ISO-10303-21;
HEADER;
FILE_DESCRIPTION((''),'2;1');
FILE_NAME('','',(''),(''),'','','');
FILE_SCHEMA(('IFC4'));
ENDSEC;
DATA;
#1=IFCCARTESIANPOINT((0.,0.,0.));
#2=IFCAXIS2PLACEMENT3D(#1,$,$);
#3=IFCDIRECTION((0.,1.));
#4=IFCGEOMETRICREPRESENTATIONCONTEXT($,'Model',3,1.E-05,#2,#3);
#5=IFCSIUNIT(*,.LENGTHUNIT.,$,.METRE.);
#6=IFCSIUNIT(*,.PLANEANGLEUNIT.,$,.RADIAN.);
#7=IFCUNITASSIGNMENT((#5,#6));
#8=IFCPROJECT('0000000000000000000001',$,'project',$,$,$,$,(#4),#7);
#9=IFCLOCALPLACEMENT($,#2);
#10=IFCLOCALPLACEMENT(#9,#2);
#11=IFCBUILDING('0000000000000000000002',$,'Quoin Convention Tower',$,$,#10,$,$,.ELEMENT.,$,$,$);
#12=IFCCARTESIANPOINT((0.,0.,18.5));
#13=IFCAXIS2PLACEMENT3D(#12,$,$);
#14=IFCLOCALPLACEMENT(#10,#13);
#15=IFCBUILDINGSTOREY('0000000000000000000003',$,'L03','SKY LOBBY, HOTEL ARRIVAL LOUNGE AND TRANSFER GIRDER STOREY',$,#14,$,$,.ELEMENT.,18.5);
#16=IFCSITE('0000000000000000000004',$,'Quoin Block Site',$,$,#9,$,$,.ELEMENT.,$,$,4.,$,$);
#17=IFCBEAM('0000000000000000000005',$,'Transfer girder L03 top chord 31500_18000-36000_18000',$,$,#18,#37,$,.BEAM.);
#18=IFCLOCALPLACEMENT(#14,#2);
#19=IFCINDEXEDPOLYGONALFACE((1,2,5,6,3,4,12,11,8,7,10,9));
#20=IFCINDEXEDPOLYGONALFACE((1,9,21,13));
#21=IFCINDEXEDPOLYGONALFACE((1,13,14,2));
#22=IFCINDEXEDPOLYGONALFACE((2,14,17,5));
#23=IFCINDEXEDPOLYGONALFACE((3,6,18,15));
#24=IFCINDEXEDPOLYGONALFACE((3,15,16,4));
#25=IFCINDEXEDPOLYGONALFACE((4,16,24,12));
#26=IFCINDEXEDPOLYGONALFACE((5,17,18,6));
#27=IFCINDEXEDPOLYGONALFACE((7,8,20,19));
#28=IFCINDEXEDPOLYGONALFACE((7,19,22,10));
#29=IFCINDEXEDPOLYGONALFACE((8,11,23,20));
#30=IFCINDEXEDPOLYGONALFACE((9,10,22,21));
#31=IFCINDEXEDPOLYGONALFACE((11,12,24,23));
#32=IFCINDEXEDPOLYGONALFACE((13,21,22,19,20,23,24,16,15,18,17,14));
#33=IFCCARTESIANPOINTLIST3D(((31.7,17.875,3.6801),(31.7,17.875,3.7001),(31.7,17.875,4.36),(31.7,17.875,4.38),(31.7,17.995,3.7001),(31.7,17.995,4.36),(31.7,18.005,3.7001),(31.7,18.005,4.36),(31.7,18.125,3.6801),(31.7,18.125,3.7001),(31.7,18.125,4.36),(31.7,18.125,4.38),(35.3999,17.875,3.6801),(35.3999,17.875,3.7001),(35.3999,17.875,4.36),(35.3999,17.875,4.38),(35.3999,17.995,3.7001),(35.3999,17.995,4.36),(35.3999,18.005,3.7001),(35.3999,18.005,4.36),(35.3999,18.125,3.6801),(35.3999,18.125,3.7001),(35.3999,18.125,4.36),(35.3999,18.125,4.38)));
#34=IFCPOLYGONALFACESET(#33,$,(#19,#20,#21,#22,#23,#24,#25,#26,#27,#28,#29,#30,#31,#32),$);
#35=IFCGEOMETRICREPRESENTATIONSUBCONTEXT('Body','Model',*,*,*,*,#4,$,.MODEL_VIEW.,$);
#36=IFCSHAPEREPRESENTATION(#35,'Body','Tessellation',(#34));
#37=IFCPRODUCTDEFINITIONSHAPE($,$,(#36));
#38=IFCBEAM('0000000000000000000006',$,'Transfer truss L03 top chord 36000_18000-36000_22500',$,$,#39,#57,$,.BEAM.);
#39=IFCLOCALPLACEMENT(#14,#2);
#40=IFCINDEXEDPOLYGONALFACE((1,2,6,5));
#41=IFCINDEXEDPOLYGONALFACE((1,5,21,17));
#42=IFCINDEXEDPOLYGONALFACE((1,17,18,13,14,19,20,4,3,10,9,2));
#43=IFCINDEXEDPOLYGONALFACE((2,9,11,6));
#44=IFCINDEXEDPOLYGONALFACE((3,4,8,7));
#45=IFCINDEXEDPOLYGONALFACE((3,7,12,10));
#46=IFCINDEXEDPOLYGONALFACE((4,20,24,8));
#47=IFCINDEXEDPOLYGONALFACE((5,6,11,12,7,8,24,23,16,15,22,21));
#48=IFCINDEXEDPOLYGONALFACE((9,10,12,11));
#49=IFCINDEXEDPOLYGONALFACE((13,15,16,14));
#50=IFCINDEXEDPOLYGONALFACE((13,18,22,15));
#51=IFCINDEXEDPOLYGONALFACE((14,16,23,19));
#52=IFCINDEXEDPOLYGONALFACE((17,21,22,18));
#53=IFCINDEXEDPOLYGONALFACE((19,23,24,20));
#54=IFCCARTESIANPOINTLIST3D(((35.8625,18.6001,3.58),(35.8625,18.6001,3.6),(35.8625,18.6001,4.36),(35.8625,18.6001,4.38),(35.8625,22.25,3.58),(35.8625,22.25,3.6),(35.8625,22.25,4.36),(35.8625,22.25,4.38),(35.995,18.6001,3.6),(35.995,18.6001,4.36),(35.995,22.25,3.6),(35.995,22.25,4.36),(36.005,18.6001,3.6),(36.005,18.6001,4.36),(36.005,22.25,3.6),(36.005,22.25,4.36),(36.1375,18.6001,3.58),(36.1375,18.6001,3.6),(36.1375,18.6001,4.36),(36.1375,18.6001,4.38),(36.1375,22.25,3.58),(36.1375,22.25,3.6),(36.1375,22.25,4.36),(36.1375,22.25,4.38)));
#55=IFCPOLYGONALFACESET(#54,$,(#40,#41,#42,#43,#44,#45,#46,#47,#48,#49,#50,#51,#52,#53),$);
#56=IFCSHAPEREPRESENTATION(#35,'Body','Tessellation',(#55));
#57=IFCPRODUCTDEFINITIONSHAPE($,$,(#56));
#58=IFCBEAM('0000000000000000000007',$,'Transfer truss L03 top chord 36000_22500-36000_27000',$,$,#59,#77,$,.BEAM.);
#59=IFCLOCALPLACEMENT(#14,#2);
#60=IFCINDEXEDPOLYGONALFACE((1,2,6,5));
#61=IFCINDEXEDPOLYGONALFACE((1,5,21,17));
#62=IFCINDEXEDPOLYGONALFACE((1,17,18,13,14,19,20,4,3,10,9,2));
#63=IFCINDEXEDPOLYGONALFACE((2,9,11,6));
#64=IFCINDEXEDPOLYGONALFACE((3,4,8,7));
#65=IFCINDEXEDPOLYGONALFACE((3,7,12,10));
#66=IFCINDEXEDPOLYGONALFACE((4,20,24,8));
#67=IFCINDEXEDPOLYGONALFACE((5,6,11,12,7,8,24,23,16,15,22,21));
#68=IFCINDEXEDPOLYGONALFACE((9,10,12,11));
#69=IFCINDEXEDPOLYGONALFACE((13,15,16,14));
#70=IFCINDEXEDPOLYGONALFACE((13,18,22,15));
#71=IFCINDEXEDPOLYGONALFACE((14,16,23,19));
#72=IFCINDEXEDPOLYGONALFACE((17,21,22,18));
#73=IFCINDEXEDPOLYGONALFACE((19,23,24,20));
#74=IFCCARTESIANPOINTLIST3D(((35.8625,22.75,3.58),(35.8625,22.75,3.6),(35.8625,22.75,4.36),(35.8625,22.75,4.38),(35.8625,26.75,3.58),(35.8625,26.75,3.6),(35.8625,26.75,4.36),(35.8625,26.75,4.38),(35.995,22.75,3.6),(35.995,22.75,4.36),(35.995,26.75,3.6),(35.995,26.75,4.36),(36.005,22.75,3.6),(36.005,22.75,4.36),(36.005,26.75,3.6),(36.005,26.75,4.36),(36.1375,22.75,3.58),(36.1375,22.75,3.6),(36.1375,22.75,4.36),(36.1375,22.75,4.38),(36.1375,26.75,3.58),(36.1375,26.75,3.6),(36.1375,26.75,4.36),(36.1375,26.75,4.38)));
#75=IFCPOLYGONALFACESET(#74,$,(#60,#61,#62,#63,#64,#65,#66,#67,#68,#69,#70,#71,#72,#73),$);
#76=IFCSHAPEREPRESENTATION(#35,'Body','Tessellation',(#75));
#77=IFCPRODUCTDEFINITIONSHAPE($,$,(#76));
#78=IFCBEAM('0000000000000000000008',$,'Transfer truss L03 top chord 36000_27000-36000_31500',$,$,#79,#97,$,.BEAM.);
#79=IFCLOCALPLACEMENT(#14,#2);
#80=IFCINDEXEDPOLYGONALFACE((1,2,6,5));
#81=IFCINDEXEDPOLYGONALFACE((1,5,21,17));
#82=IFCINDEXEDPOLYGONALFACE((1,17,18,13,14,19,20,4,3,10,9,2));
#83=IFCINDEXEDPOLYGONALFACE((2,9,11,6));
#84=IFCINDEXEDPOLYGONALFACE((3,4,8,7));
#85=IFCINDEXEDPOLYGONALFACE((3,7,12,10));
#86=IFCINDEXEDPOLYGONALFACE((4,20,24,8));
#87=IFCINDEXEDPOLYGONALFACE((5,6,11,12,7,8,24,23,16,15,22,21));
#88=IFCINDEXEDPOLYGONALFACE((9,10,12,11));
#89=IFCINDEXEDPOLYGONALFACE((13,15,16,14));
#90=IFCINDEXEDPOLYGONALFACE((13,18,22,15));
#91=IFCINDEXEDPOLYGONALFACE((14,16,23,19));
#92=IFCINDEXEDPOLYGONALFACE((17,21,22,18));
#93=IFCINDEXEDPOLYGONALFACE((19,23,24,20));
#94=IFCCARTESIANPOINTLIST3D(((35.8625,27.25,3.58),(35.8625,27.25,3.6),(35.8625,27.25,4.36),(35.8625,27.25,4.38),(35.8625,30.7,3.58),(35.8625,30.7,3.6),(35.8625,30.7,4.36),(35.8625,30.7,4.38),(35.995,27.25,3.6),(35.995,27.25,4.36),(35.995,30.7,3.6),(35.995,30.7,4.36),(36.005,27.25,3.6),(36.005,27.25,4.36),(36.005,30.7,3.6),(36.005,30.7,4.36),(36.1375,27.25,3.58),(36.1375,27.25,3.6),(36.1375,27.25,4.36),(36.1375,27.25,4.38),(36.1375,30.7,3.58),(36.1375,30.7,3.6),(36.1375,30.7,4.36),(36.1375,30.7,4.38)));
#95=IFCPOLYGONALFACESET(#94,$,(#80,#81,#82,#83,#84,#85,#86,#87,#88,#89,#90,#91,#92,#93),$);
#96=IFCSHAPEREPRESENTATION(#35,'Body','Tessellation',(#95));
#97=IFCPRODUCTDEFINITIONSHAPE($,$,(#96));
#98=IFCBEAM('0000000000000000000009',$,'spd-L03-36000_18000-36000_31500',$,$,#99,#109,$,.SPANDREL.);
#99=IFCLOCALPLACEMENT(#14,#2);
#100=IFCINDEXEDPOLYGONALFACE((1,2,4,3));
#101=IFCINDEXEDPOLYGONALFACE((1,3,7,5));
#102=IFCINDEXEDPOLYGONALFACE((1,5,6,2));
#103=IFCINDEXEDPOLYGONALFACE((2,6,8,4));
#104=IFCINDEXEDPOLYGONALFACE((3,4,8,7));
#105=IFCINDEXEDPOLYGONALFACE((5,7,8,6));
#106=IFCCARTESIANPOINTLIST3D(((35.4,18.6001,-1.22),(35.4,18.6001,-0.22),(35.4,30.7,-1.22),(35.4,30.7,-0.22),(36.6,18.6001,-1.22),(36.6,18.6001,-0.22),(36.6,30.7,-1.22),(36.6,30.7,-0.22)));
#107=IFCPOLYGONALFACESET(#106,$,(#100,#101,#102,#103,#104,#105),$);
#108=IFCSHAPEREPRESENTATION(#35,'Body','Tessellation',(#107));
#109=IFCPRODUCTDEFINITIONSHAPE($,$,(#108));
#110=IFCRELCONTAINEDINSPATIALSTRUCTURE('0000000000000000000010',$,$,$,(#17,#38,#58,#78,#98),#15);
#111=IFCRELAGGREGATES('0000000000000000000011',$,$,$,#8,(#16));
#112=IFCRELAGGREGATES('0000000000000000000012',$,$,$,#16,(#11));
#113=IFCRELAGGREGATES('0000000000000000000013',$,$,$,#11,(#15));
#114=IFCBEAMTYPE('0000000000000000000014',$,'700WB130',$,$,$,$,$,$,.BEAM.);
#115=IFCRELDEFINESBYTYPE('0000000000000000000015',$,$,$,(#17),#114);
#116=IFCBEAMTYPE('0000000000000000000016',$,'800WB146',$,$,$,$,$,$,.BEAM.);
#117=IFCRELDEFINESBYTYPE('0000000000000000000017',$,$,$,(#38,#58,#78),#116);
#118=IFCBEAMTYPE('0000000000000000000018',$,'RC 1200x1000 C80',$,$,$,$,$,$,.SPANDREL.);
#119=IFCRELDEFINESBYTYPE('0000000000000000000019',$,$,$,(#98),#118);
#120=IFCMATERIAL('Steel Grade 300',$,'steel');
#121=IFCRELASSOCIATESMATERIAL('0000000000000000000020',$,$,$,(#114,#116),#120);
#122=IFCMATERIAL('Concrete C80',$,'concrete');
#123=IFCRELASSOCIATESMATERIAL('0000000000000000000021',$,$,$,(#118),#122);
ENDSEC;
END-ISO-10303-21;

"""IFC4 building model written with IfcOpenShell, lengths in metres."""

from ifc_helpers import new_model, si_unit, direction, frame, origin, origin_2d, place, context, subcontext, project, spatial, rectangle, i_section, extrude, material, material_profile, profile_set, type_object, element, save


model = new_model("IFC4")

# Units and contexts
model_context = context("Model", 3, precision=1e-05, world=origin(), true_north=direction((0.0, 1.0)))
body_context = subcontext(model_context, "Body", "Model", "MODEL_VIEW")
ifc_project = project(units=[si_unit("LENGTHUNIT", "METRE"), si_unit("PLANEANGLEUNIT", "RADIAN")], contexts=[model_context])

# Site, building, storey
site_placement = place(None, origin())
site = spatial("IfcSite", under=ifc_project, at=site_placement, Name="Quoin Block Site", CompositionType="ELEMENT", RefElevation=4.0)
building_placement = place(site_placement, origin())
building = spatial("IfcBuilding", under=site, at=building_placement, Name="Quoin Convention Tower", CompositionType="ELEMENT")
storey_placement = place(building_placement, frame((0.0, 0.0, 18.5)))
storey = spatial("IfcBuildingStorey", under=building, at=storey_placement, Name="L03", Description="SKY LOBBY, HOTEL ARRIVAL LOUNGE AND TRANSFER GIRDER STOREY", CompositionType="ELEMENT", Elevation=18.5)

# Shared definitions
ifc_material_1 = material(Name="Concrete C80", Category="concrete")

# Shared definitions
ifc_material_2 = material(Name="Steel Grade 300", Category="steel")

# Beams
ifc_material_profile_1 = material_profile(ifc_material_2, i_section(OverallWidth=0.25, OverallDepth=0.7, WebThickness=0.01, FlangeThickness=0.02, at=origin_2d()), Name="700WB130")
ifc_profile_set_1 = profile_set([ifc_material_profile_1], Name="Steel Grade 300")
beam_type_1 = type_object("IfcBeamType", Name="700WB130", PredefinedType="BEAM", material=ifc_profile_set_1)
beam_1_placement = place(storey_placement, frame((31.7, 18.0, 4.03), z_axis=(1.0, 0.0, 0.0), x_axis=(0.0, 1.0, 0.0)))
element("IfcBeam", 1, at=beam_1_placement, inside=storey, type_object=beam_type_1, Name="Transfer girder L03 top chord 31500_18000-36000_18000", PredefinedType="BEAM", context=body_context, shape_type="SweptSolid", body=[
    extrude(i_section(OverallWidth=0.25, OverallDepth=0.7, WebThickness=0.01, FlangeThickness=0.02, at=origin_2d()), origin(), (0.0, 0.0, 1.0), 3.7),
])
ifc_material_profile_2 = material_profile(ifc_material_2, i_section(OverallWidth=0.2749, OverallDepth=0.8, WebThickness=0.01, FlangeThickness=0.02, at=origin_2d()), Name="800WB146")
ifc_profile_set_2 = profile_set([ifc_material_profile_2], Name="Steel Grade 300")
beam_type_2 = type_object("IfcBeamType", Name="800WB146", PredefinedType="BEAM", material=ifc_profile_set_2)
beam_2_placement = place(storey_placement, frame((36.0, 18.6001, 3.98), z_axis=(0.0, 1.0, 0.0), x_axis=(-1.0, 0.0, 0.0)))
element("IfcBeam", 2, at=beam_2_placement, inside=storey, type_object=beam_type_2, Name="Transfer truss L03 top chord 36000_18000-36000_22500", PredefinedType="BEAM", context=body_context, shape_type="SweptSolid", body=[
    extrude(i_section(OverallWidth=0.2749, OverallDepth=0.8, WebThickness=0.01, FlangeThickness=0.02, at=origin_2d()), origin(), (0.0, 0.0, 1.0), 3.6499),
])
beam_3_placement = place(storey_placement, frame((36.0, 22.75, 3.98), z_axis=(0.0, 1.0, 0.0), x_axis=(-1.0, 0.0, 0.0)))
element("IfcBeam", 3, at=beam_3_placement, inside=storey, type_object=beam_type_2, Name="Transfer truss L03 top chord 36000_22500-36000_27000", PredefinedType="BEAM", context=body_context, shape_type="SweptSolid", body=[
    extrude(i_section(OverallWidth=0.2749, OverallDepth=0.8, WebThickness=0.01, FlangeThickness=0.02, at=origin_2d()), origin(), (0.0, 0.0, 1.0), 4.0),
])
beam_4_placement = place(storey_placement, frame((36.0, 27.25, 3.98), z_axis=(0.0, 1.0, 0.0), x_axis=(-1.0, 0.0, 0.0)))
element("IfcBeam", 4, at=beam_4_placement, inside=storey, type_object=beam_type_2, Name="Transfer truss L03 top chord 36000_27000-36000_31500", PredefinedType="BEAM", context=body_context, shape_type="SweptSolid", body=[
    extrude(i_section(OverallWidth=0.2749, OverallDepth=0.8, WebThickness=0.01, FlangeThickness=0.02, at=origin_2d()), origin(), (0.0, 0.0, 1.0), 3.45),
])
ifc_material_profile_3 = material_profile(ifc_material_1, rectangle(XDim=1.2, YDim=1.0, at=origin_2d()), Name="RC 1200x1000")
ifc_profile_set_3 = profile_set([ifc_material_profile_3], Name="Concrete C80")
beam_type_3 = type_object("IfcBeamType", Name="RC 1200x1000 C80", PredefinedType="SPANDREL", material=ifc_profile_set_3)
beam_5_placement = place(storey_placement, frame((36.0, 18.6001, -0.72), z_axis=(0.0, 1.0, 0.0), x_axis=(-1.0, 0.0, 0.0)))
element("IfcBeam", 5, at=beam_5_placement, inside=storey, type_object=beam_type_3, Name="spd-L03-36000_18000-36000_31500", PredefinedType="SPANDREL", context=body_context, shape_type="SweptSolid", body=[
    extrude(rectangle(XDim=1.2, YDim=1.0, at=origin_2d()), origin(), (0.0, 0.0, 1.0), 12.0999),
])

save(model, "model.ifc")
